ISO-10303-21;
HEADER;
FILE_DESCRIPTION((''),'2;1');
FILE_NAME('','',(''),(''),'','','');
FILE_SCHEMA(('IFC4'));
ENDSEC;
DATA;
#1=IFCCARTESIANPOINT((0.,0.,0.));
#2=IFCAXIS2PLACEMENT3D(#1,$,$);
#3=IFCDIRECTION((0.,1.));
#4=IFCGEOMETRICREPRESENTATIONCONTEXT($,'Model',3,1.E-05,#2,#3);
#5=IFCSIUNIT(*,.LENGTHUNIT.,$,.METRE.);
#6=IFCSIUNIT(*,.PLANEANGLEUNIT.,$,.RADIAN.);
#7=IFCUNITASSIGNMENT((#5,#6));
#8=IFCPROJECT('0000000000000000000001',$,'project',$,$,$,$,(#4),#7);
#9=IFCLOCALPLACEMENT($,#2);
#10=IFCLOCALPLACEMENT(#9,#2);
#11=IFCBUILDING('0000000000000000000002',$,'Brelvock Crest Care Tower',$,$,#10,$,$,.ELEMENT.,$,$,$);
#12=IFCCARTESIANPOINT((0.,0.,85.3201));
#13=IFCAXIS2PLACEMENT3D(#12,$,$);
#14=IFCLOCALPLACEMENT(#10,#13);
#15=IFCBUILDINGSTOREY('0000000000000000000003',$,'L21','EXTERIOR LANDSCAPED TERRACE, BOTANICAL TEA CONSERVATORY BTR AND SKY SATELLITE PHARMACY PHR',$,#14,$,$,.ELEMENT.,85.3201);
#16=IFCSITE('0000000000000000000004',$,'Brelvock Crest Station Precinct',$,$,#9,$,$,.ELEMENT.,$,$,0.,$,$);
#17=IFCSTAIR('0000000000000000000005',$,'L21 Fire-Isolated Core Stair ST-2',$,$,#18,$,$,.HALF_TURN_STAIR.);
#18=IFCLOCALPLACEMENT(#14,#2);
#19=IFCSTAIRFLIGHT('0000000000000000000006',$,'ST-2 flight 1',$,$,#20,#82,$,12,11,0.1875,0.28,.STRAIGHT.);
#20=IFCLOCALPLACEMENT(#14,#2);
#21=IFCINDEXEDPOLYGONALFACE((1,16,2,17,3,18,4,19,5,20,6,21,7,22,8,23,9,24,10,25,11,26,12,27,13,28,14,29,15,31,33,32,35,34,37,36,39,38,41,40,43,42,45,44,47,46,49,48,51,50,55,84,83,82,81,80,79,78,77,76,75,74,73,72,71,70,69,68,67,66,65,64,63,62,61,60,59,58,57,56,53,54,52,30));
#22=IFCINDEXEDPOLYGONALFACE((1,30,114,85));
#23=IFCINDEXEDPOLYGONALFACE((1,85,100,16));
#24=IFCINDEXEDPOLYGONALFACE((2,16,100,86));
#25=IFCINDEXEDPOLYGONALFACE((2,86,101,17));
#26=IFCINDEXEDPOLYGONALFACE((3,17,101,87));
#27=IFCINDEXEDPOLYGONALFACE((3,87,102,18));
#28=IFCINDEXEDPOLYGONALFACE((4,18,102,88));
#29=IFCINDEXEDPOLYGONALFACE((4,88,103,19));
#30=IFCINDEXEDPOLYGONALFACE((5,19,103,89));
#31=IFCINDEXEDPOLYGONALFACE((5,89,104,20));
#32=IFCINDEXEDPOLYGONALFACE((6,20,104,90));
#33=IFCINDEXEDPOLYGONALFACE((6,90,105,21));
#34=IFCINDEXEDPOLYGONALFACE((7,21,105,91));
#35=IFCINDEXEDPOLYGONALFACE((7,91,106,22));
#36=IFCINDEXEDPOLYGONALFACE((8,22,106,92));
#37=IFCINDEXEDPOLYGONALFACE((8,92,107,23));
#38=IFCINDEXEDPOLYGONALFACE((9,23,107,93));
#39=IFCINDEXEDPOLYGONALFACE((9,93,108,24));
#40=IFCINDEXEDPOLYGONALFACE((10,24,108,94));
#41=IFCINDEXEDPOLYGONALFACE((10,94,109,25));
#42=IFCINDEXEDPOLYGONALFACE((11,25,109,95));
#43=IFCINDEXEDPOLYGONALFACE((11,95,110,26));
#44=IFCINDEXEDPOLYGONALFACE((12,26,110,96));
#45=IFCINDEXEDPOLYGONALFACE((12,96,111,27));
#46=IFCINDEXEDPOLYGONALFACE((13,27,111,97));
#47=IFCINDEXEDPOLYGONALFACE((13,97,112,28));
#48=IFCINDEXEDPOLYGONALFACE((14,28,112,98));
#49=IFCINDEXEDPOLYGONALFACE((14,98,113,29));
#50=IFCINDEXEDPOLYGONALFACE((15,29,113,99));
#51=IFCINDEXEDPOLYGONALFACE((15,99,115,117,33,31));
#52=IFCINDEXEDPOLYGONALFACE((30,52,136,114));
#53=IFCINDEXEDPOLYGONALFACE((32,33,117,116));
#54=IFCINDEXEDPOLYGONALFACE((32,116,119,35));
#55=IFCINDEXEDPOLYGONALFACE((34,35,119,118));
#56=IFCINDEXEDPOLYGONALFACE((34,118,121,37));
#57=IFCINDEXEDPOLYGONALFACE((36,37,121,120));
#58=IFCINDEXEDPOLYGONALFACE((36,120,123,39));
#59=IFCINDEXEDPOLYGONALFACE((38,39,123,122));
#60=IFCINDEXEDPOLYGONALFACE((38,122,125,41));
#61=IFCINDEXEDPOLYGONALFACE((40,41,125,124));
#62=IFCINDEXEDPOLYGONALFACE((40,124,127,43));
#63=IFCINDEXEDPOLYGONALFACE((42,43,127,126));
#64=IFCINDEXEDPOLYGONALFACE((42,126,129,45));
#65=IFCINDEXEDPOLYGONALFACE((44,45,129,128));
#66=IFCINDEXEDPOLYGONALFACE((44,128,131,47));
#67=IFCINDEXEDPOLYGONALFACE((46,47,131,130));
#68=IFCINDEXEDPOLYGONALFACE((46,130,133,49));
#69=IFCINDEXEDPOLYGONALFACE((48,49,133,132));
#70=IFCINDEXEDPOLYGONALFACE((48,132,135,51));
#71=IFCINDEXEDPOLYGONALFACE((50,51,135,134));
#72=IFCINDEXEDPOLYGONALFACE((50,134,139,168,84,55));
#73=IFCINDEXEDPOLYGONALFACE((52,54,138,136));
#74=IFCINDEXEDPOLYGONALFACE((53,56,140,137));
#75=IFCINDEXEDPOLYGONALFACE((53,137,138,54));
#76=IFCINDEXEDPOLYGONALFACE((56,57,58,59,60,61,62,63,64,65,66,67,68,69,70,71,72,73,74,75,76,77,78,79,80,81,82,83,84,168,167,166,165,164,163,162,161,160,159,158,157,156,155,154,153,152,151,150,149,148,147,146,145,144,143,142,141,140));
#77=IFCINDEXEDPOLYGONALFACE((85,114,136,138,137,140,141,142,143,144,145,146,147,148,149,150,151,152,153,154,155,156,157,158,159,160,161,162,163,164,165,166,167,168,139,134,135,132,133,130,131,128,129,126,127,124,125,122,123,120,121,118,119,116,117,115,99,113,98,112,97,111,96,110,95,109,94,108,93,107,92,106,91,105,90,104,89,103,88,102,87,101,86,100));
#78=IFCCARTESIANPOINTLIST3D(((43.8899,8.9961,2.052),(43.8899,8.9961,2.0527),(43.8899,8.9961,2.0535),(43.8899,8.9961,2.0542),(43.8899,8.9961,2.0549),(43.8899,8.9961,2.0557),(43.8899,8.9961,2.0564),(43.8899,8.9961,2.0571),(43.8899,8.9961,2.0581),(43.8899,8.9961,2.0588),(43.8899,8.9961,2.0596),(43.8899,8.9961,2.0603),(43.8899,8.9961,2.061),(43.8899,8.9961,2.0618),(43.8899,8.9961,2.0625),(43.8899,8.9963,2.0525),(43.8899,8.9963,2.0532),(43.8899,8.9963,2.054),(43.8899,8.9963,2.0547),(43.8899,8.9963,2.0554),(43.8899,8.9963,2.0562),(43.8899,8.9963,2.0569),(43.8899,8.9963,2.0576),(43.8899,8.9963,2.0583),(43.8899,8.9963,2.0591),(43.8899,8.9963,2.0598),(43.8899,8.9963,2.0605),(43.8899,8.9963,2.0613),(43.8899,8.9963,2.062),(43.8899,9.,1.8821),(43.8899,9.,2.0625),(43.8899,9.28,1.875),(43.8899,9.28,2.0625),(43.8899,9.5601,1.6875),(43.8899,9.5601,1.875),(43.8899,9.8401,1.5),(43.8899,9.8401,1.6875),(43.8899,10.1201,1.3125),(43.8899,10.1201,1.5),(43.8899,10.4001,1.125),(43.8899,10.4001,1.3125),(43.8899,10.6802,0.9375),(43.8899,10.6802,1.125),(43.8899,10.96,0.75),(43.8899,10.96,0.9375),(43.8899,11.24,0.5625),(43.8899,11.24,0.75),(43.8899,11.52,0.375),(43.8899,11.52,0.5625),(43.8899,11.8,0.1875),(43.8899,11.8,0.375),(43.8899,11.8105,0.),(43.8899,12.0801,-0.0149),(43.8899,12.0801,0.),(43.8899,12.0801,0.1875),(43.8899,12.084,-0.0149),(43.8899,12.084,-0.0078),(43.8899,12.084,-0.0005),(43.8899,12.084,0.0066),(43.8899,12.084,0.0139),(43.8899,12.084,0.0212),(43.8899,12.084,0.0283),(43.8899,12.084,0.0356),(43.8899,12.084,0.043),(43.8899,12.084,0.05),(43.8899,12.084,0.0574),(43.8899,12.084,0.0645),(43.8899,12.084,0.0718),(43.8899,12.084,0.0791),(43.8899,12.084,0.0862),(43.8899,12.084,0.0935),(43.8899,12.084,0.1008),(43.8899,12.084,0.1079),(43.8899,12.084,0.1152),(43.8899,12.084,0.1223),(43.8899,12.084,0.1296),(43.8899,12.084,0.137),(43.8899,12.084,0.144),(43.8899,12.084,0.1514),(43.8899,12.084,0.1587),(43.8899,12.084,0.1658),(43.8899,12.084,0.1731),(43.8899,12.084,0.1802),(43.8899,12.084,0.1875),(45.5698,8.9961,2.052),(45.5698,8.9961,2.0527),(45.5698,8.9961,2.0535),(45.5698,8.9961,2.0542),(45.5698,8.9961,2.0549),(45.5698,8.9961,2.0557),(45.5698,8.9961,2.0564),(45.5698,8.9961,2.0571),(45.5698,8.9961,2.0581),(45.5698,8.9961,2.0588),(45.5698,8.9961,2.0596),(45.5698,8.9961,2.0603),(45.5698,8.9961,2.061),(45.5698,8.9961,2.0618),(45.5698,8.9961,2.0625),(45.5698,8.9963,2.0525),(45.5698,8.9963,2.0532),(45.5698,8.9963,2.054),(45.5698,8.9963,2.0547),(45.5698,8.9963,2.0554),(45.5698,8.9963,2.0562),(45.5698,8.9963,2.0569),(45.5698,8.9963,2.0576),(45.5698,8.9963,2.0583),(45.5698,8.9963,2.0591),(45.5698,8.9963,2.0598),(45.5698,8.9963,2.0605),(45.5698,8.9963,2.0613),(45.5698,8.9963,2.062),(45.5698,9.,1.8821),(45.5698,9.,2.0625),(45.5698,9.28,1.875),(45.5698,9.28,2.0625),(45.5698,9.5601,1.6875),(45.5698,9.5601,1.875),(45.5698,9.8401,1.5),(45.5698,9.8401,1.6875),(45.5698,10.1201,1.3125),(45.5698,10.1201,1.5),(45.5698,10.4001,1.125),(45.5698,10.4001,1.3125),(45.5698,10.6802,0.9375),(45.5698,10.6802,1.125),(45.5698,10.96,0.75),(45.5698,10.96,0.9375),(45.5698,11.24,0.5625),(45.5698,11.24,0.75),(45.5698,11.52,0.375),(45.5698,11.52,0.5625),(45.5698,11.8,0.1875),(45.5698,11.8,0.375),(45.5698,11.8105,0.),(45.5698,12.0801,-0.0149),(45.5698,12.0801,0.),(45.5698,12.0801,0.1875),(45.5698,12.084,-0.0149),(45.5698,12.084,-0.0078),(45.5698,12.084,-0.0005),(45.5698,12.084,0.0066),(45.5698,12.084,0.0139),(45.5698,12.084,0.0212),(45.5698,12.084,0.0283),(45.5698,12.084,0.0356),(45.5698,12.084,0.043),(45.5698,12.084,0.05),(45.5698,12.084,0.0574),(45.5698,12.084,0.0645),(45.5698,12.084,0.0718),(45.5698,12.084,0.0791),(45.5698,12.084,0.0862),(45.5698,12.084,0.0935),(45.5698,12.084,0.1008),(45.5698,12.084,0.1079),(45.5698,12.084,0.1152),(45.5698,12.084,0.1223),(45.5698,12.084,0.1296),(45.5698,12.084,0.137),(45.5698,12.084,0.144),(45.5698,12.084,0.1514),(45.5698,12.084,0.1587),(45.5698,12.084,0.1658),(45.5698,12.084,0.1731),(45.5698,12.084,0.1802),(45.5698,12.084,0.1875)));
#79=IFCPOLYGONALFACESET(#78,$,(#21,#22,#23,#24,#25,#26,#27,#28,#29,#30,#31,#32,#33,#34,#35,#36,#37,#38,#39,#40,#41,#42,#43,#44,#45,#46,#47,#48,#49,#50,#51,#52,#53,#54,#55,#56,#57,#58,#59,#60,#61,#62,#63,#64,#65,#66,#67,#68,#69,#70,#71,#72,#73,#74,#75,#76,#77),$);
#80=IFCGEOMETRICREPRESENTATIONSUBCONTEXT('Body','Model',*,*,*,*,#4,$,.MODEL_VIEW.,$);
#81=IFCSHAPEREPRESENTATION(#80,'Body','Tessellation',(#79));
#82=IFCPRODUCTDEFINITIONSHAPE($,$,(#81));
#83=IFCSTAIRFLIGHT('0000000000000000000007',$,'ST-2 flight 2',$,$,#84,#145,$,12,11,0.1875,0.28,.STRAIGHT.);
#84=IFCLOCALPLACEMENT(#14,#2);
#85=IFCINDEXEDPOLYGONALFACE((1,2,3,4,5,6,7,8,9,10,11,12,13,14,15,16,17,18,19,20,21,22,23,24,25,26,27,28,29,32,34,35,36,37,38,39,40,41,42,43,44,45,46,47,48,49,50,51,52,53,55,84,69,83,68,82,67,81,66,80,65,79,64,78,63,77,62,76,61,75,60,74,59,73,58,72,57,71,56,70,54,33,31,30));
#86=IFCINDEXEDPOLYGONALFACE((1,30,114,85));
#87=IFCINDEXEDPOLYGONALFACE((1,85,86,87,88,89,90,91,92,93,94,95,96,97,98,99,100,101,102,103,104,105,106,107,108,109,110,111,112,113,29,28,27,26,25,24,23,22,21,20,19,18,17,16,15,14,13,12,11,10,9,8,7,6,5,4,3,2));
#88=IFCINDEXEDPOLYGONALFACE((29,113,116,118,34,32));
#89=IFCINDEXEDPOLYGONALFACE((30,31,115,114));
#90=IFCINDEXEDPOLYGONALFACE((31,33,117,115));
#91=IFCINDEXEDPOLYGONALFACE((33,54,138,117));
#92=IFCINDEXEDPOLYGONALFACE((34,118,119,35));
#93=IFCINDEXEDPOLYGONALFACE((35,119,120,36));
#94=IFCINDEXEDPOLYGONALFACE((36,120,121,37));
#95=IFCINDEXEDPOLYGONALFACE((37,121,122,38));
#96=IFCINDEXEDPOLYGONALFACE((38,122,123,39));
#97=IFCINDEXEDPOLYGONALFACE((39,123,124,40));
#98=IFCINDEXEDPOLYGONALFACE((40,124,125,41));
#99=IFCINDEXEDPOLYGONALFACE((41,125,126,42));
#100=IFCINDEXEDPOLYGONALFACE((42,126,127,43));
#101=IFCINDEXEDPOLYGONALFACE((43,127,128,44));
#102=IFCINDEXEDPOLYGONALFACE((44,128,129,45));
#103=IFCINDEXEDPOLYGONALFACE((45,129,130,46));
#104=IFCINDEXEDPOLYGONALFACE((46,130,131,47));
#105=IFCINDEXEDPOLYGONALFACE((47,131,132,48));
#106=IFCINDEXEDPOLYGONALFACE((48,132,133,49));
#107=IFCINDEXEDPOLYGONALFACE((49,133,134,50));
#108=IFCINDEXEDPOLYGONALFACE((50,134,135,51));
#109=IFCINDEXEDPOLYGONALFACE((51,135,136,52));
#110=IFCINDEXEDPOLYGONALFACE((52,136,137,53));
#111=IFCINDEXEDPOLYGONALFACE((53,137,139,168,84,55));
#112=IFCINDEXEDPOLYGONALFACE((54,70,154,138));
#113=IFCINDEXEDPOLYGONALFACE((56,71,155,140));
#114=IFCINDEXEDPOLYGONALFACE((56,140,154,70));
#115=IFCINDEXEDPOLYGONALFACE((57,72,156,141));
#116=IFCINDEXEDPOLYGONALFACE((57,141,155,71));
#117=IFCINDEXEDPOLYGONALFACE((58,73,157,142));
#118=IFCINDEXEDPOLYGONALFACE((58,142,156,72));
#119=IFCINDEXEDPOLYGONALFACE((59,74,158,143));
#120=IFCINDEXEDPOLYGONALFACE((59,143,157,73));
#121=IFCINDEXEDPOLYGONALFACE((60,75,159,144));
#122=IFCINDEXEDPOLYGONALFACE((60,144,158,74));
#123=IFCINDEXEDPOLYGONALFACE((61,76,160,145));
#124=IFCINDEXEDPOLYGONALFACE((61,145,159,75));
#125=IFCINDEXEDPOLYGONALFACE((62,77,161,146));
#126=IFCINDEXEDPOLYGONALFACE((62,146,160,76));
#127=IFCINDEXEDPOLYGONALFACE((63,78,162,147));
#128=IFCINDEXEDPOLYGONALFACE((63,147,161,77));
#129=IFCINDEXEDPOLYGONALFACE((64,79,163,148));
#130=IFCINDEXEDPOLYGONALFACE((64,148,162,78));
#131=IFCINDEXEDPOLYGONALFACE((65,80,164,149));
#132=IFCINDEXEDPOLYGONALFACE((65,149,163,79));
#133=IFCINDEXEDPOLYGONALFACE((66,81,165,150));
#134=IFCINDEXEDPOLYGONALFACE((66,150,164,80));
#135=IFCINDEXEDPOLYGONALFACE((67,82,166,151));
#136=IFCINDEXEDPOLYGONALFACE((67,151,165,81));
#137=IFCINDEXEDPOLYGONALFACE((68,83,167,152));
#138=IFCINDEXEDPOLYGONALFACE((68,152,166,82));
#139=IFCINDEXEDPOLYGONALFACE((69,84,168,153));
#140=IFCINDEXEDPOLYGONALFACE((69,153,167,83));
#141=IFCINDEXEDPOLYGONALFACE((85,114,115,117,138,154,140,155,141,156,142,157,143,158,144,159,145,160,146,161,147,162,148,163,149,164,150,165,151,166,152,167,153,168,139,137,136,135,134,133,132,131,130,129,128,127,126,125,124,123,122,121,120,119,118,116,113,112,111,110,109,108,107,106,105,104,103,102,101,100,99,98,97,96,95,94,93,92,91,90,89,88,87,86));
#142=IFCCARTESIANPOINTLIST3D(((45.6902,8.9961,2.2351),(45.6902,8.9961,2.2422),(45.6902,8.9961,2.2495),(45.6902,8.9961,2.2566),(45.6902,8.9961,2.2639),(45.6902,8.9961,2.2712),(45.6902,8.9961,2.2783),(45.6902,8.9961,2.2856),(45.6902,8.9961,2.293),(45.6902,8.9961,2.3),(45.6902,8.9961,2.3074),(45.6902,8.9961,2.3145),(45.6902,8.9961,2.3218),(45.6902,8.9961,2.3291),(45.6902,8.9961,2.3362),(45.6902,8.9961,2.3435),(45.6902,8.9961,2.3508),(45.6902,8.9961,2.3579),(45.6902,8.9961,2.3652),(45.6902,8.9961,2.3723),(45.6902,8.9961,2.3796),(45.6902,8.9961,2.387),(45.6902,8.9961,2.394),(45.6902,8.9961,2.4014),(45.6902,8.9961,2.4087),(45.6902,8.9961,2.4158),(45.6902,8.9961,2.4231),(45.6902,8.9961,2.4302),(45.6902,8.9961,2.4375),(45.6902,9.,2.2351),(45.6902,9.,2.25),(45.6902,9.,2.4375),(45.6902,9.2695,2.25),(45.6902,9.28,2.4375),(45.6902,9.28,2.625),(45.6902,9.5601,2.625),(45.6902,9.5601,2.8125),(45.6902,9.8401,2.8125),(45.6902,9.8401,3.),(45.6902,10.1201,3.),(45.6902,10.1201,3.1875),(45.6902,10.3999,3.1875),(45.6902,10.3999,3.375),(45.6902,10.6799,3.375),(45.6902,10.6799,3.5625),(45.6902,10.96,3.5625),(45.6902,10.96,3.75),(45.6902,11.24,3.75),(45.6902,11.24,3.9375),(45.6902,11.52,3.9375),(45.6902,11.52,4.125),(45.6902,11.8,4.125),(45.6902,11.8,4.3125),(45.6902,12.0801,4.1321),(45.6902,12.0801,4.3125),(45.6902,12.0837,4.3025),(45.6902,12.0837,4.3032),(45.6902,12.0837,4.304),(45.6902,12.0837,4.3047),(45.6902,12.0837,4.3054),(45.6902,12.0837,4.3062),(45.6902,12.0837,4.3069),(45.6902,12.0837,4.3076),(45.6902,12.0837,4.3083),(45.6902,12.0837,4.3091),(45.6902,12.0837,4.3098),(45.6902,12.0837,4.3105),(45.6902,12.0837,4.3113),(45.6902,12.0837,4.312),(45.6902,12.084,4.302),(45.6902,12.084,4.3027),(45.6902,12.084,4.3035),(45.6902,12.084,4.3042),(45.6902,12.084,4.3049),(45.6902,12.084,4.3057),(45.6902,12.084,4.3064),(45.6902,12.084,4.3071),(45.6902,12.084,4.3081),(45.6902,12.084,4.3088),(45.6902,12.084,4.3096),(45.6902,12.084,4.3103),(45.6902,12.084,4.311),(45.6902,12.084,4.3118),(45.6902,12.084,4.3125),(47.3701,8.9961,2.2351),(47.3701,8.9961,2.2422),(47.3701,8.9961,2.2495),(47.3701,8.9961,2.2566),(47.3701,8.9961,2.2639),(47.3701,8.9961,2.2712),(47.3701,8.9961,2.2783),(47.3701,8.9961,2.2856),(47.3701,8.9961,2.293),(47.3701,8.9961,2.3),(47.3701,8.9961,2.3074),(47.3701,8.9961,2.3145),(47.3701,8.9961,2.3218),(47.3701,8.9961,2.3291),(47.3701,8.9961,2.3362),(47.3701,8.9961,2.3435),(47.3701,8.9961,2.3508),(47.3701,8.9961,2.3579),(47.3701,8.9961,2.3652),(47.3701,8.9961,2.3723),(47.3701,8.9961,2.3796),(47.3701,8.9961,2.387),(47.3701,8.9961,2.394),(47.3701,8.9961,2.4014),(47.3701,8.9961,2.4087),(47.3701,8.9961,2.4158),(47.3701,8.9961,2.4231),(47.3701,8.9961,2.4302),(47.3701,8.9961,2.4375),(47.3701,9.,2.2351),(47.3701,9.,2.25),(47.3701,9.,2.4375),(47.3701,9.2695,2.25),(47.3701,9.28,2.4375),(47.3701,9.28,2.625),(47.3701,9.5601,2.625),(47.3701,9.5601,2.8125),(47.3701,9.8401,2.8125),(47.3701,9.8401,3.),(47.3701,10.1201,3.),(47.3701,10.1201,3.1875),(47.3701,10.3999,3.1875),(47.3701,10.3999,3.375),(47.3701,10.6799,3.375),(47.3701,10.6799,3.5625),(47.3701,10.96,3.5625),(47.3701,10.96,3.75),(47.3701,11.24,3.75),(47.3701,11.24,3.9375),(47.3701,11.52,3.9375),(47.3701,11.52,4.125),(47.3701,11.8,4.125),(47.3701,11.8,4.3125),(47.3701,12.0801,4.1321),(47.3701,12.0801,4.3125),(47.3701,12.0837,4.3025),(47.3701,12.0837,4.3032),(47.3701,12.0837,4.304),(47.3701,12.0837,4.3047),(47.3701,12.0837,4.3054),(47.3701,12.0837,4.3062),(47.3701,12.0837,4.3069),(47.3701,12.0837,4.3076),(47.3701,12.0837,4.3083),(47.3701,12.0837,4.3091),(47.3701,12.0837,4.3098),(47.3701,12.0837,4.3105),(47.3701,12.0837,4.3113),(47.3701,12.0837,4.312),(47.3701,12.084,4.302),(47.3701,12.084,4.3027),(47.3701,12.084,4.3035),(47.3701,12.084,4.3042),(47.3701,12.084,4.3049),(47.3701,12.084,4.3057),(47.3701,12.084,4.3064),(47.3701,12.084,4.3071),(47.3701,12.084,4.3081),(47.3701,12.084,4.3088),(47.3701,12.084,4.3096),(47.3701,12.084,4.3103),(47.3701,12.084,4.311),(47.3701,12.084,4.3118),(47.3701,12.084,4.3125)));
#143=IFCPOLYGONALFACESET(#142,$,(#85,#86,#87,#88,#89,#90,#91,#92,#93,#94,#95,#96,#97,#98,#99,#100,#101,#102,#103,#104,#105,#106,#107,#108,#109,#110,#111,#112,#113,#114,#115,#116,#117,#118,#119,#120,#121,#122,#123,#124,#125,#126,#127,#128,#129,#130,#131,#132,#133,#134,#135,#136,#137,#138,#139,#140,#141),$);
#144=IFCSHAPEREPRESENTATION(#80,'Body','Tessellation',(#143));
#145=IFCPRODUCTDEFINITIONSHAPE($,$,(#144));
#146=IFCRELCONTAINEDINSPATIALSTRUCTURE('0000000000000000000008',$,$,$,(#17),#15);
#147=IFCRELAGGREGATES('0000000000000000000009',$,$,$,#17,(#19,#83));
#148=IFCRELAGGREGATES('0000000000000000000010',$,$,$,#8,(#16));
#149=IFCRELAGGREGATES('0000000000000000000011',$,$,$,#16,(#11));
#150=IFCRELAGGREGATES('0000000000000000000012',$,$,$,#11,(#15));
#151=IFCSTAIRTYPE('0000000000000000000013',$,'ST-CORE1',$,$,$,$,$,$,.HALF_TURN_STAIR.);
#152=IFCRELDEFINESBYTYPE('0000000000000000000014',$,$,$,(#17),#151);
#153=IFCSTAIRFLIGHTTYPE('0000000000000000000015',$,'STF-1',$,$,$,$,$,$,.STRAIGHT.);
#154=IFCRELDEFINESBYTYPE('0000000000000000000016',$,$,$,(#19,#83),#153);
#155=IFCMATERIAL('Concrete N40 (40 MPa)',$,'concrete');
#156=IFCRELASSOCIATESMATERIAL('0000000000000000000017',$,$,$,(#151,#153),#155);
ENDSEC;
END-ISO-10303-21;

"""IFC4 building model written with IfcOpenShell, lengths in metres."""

from ifc_helpers import new_model, si_unit, direction, frame, origin, place, context, subcontext, project, spatial, polyline, outline, extrude, material, type_object, element, aggregate, save


model = new_model("IFC4")

# Units and contexts
model_context = context("Model", 3, precision=1e-05, world=origin(), true_north=direction((0.0, 1.0)))
body_context = subcontext(model_context, "Body", "Model", "MODEL_VIEW")
ifc_project = project(units=[si_unit("LENGTHUNIT", "METRE"), si_unit("PLANEANGLEUNIT", "RADIAN")], contexts=[model_context])

# Site, building, storey
site_placement = place(None, origin())
site = spatial("IfcSite", under=ifc_project, at=site_placement, Name="Brelvock Crest Station Precinct", CompositionType="ELEMENT", RefElevation=0.0)
building_placement = place(site_placement, origin())
building = spatial("IfcBuilding", under=site, at=building_placement, Name="Brelvock Crest Care Tower", CompositionType="ELEMENT")
storey_placement = place(building_placement, frame((0.0, 0.0, 85.3201)))
storey = spatial("IfcBuildingStorey", under=building, at=storey_placement, Name="L21", Description="EXTERIOR LANDSCAPED TERRACE, BOTANICAL TEA CONSERVATORY BTR AND SKY SATELLITE PHARMACY PHR", CompositionType="ELEMENT", Elevation=85.3201)

# Stair, stair flights
ifc_material_1 = material(Name="Concrete N40 (40 MPa)", Category="concrete")
stair_type = type_object("IfcStairType", Name="ST-CORE1", PredefinedType="HALF_TURN_STAIR", material=ifc_material_1)
stair_placement = place(storey_placement, origin())
stair = element("IfcStair", 1, at=stair_placement, inside=storey, type_object=stair_type, Name="L21 Fire-Isolated Core Stair ST-2", PredefinedType="HALF_TURN_STAIR")
stair_flight_type = type_object("IfcStairFlightType", Name="STF-1", PredefinedType="STRAIGHT", material=ifc_material_1)
stair_flight_1_placement = place(storey_placement, frame((44.73, 12.0801, 0.0), z_axis=(0.0, 0.0, 1.0), x_axis=(0.0, -1.0, 0.0)))
stair_flight_1 = element("IfcStairFlight", 2, at=stair_flight_1_placement, type_object=stair_flight_type, Name="ST-2 flight 1", NumberOfRisers=12, NumberOfTreads=11, PredefinedType="STRAIGHT", RiserHeight=0.1875, TreadLength=0.28, context=body_context, shape_type="SweptSolid", body=[
    extrude(outline(polyline([(-0.0039, -0.0149), (-0.0039, -0.0078), (-0.0039, -0.0005), (-0.0039, 0.0066), (-0.0039, 0.0139), (-0.0039, 0.0212), (-0.0039, 0.0283), (-0.0039, 0.0356), (-0.0039, 0.043), (-0.0039, 0.05), (-0.0039, 0.0574), (-0.0039, 0.0645), (-0.0039, 0.0718), (-0.0039, 0.0791), (-0.0039, 0.0862), (-0.0039, 0.0935), (-0.0039, 0.1008), (-0.0039, 0.1079), (-0.0039, 0.1152), (-0.0039, 0.1223), (-0.0039, 0.1296), (-0.0039, 0.137), (-0.0039, 0.144), (-0.0039, 0.1514), (-0.0039, 0.1587), (-0.0039, 0.1658), (-0.0039, 0.1731), (-0.0039, 0.1802), (-0.0039, 0.1875), (0.0, 0.1875), (0.28, 0.1875), (0.28, 0.375), (0.5601, 0.375), (0.5601, 0.5625), (0.8401, 0.5625), (0.8401, 0.75), (1.1201, 0.75), (1.1201, 0.9375), (1.3999, 0.9375), (1.3999, 1.125), (1.6799, 1.125), (1.6799, 1.3125), (1.96, 1.3125), (1.96, 1.5), (2.24, 1.5), (2.24, 1.6875), (2.52, 1.6875), (2.52, 1.875), (2.8, 1.875), (2.8, 2.0625), (3.0801, 2.0625), (3.084, 2.0625), (3.0837, 2.062), (3.084, 2.0618), (3.0837, 2.0613), (3.084, 2.061), (3.0837, 2.0605), (3.084, 2.0603), (3.0837, 2.0598), (3.084, 2.0596), (3.0837, 2.0591), (3.084, 2.0588), (3.0837, 2.0583), (3.084, 2.0581), (3.0837, 2.0576), (3.084, 2.0571), (3.0837, 2.0569), (3.084, 2.0564), (3.0837, 2.0562), (3.084, 2.0557), (3.0837, 2.0554), (3.084, 2.0549), (3.0837, 2.0547), (3.084, 2.0542), (3.0837, 2.054), (3.084, 2.0535), (3.0837, 2.0532), (3.084, 2.0527), (3.0837, 2.0525), (3.084, 2.052), (3.0801, 1.8821), (0.2695, 0.0), (0.0, 0.0), (0.0, -0.0149), (-0.0039, -0.0149)])), frame((0.0, 0.8398, 0.0), z_axis=(0.0, -1.0, 0.0), x_axis=(1.0, 0.0, 0.0)), (0.0, 0.0, 1.0), 1.6799),
])
stair_flight_2_placement = place(storey_placement, frame((46.53, 9.0, 2.25), z_axis=(0.0, 0.0, 1.0), x_axis=(0.0, 1.0, 0.0)))
stair_flight_2 = element("IfcStairFlight", 3, at=stair_flight_2_placement, type_object=stair_flight_type, Name="ST-2 flight 2", NumberOfRisers=12, NumberOfTreads=11, PredefinedType="STRAIGHT", RiserHeight=0.1875, TreadLength=0.28, context=body_context, shape_type="SweptSolid", body=[
    extrude(outline(polyline([(-0.0039, -0.0149), (-0.0039, -0.0078), (-0.0039, -0.0005), (-0.0039, 0.0066), (-0.0039, 0.0139), (-0.0039, 0.0212), (-0.0039, 0.0283), (-0.0039, 0.0356), (-0.0039, 0.043), (-0.0039, 0.05), (-0.0039, 0.0574), (-0.0039, 0.0645), (-0.0039, 0.0718), (-0.0039, 0.0791), (-0.0039, 0.0862), (-0.0039, 0.0935), (-0.0039, 0.1008), (-0.0039, 0.1079), (-0.0039, 0.1152), (-0.0039, 0.1223), (-0.0039, 0.1296), (-0.0039, 0.137), (-0.0039, 0.144), (-0.0039, 0.1514), (-0.0039, 0.1587), (-0.0039, 0.1658), (-0.0039, 0.1731), (-0.0039, 0.1802), (-0.0039, 0.1875), (0.0, 0.1875), (0.28, 0.1875), (0.28, 0.375), (0.5601, 0.375), (0.5601, 0.5625), (0.8401, 0.5625), (0.8401, 0.75), (1.1201, 0.75), (1.1201, 0.9375), (1.3999, 0.9375), (1.3999, 1.125), (1.6799, 1.125), (1.6799, 1.3125), (1.96, 1.3125), (1.96, 1.5), (2.24, 1.5), (2.24, 1.6875), (2.52, 1.6875), (2.52, 1.875), (2.8, 1.875), (2.8, 2.0625), (3.0801, 2.0625), (3.084, 2.0625), (3.0837, 2.062), (3.084, 2.0618), (3.0837, 2.0613), (3.084, 2.061), (3.0837, 2.0605), (3.084, 2.0603), (3.0837, 2.0598), (3.084, 2.0596), (3.0837, 2.0591), (3.084, 2.0588), (3.0837, 2.0583), (3.084, 2.0581), (3.0837, 2.0576), (3.084, 2.0571), (3.0837, 2.0569), (3.084, 2.0564), (3.0837, 2.0562), (3.084, 2.0557), (3.0837, 2.0554), (3.084, 2.0549), (3.0837, 2.0547), (3.084, 2.0542), (3.0837, 2.054), (3.084, 2.0535), (3.0837, 2.0532), (3.084, 2.0527), (3.0837, 2.0525), (3.084, 2.052), (3.0801, 1.8821), (0.2695, 0.0), (0.0, 0.0), (0.0, -0.0149), (-0.0039, -0.0149)])), frame((0.0, 0.8398, 0.0), z_axis=(0.0, -1.0, 0.0), x_axis=(1.0, 0.0, 0.0)), (0.0, 0.0, 1.0), 1.6799),
])
aggregate(stair, [stair_flight_1, stair_flight_2])

save(model, "model.ifc")
